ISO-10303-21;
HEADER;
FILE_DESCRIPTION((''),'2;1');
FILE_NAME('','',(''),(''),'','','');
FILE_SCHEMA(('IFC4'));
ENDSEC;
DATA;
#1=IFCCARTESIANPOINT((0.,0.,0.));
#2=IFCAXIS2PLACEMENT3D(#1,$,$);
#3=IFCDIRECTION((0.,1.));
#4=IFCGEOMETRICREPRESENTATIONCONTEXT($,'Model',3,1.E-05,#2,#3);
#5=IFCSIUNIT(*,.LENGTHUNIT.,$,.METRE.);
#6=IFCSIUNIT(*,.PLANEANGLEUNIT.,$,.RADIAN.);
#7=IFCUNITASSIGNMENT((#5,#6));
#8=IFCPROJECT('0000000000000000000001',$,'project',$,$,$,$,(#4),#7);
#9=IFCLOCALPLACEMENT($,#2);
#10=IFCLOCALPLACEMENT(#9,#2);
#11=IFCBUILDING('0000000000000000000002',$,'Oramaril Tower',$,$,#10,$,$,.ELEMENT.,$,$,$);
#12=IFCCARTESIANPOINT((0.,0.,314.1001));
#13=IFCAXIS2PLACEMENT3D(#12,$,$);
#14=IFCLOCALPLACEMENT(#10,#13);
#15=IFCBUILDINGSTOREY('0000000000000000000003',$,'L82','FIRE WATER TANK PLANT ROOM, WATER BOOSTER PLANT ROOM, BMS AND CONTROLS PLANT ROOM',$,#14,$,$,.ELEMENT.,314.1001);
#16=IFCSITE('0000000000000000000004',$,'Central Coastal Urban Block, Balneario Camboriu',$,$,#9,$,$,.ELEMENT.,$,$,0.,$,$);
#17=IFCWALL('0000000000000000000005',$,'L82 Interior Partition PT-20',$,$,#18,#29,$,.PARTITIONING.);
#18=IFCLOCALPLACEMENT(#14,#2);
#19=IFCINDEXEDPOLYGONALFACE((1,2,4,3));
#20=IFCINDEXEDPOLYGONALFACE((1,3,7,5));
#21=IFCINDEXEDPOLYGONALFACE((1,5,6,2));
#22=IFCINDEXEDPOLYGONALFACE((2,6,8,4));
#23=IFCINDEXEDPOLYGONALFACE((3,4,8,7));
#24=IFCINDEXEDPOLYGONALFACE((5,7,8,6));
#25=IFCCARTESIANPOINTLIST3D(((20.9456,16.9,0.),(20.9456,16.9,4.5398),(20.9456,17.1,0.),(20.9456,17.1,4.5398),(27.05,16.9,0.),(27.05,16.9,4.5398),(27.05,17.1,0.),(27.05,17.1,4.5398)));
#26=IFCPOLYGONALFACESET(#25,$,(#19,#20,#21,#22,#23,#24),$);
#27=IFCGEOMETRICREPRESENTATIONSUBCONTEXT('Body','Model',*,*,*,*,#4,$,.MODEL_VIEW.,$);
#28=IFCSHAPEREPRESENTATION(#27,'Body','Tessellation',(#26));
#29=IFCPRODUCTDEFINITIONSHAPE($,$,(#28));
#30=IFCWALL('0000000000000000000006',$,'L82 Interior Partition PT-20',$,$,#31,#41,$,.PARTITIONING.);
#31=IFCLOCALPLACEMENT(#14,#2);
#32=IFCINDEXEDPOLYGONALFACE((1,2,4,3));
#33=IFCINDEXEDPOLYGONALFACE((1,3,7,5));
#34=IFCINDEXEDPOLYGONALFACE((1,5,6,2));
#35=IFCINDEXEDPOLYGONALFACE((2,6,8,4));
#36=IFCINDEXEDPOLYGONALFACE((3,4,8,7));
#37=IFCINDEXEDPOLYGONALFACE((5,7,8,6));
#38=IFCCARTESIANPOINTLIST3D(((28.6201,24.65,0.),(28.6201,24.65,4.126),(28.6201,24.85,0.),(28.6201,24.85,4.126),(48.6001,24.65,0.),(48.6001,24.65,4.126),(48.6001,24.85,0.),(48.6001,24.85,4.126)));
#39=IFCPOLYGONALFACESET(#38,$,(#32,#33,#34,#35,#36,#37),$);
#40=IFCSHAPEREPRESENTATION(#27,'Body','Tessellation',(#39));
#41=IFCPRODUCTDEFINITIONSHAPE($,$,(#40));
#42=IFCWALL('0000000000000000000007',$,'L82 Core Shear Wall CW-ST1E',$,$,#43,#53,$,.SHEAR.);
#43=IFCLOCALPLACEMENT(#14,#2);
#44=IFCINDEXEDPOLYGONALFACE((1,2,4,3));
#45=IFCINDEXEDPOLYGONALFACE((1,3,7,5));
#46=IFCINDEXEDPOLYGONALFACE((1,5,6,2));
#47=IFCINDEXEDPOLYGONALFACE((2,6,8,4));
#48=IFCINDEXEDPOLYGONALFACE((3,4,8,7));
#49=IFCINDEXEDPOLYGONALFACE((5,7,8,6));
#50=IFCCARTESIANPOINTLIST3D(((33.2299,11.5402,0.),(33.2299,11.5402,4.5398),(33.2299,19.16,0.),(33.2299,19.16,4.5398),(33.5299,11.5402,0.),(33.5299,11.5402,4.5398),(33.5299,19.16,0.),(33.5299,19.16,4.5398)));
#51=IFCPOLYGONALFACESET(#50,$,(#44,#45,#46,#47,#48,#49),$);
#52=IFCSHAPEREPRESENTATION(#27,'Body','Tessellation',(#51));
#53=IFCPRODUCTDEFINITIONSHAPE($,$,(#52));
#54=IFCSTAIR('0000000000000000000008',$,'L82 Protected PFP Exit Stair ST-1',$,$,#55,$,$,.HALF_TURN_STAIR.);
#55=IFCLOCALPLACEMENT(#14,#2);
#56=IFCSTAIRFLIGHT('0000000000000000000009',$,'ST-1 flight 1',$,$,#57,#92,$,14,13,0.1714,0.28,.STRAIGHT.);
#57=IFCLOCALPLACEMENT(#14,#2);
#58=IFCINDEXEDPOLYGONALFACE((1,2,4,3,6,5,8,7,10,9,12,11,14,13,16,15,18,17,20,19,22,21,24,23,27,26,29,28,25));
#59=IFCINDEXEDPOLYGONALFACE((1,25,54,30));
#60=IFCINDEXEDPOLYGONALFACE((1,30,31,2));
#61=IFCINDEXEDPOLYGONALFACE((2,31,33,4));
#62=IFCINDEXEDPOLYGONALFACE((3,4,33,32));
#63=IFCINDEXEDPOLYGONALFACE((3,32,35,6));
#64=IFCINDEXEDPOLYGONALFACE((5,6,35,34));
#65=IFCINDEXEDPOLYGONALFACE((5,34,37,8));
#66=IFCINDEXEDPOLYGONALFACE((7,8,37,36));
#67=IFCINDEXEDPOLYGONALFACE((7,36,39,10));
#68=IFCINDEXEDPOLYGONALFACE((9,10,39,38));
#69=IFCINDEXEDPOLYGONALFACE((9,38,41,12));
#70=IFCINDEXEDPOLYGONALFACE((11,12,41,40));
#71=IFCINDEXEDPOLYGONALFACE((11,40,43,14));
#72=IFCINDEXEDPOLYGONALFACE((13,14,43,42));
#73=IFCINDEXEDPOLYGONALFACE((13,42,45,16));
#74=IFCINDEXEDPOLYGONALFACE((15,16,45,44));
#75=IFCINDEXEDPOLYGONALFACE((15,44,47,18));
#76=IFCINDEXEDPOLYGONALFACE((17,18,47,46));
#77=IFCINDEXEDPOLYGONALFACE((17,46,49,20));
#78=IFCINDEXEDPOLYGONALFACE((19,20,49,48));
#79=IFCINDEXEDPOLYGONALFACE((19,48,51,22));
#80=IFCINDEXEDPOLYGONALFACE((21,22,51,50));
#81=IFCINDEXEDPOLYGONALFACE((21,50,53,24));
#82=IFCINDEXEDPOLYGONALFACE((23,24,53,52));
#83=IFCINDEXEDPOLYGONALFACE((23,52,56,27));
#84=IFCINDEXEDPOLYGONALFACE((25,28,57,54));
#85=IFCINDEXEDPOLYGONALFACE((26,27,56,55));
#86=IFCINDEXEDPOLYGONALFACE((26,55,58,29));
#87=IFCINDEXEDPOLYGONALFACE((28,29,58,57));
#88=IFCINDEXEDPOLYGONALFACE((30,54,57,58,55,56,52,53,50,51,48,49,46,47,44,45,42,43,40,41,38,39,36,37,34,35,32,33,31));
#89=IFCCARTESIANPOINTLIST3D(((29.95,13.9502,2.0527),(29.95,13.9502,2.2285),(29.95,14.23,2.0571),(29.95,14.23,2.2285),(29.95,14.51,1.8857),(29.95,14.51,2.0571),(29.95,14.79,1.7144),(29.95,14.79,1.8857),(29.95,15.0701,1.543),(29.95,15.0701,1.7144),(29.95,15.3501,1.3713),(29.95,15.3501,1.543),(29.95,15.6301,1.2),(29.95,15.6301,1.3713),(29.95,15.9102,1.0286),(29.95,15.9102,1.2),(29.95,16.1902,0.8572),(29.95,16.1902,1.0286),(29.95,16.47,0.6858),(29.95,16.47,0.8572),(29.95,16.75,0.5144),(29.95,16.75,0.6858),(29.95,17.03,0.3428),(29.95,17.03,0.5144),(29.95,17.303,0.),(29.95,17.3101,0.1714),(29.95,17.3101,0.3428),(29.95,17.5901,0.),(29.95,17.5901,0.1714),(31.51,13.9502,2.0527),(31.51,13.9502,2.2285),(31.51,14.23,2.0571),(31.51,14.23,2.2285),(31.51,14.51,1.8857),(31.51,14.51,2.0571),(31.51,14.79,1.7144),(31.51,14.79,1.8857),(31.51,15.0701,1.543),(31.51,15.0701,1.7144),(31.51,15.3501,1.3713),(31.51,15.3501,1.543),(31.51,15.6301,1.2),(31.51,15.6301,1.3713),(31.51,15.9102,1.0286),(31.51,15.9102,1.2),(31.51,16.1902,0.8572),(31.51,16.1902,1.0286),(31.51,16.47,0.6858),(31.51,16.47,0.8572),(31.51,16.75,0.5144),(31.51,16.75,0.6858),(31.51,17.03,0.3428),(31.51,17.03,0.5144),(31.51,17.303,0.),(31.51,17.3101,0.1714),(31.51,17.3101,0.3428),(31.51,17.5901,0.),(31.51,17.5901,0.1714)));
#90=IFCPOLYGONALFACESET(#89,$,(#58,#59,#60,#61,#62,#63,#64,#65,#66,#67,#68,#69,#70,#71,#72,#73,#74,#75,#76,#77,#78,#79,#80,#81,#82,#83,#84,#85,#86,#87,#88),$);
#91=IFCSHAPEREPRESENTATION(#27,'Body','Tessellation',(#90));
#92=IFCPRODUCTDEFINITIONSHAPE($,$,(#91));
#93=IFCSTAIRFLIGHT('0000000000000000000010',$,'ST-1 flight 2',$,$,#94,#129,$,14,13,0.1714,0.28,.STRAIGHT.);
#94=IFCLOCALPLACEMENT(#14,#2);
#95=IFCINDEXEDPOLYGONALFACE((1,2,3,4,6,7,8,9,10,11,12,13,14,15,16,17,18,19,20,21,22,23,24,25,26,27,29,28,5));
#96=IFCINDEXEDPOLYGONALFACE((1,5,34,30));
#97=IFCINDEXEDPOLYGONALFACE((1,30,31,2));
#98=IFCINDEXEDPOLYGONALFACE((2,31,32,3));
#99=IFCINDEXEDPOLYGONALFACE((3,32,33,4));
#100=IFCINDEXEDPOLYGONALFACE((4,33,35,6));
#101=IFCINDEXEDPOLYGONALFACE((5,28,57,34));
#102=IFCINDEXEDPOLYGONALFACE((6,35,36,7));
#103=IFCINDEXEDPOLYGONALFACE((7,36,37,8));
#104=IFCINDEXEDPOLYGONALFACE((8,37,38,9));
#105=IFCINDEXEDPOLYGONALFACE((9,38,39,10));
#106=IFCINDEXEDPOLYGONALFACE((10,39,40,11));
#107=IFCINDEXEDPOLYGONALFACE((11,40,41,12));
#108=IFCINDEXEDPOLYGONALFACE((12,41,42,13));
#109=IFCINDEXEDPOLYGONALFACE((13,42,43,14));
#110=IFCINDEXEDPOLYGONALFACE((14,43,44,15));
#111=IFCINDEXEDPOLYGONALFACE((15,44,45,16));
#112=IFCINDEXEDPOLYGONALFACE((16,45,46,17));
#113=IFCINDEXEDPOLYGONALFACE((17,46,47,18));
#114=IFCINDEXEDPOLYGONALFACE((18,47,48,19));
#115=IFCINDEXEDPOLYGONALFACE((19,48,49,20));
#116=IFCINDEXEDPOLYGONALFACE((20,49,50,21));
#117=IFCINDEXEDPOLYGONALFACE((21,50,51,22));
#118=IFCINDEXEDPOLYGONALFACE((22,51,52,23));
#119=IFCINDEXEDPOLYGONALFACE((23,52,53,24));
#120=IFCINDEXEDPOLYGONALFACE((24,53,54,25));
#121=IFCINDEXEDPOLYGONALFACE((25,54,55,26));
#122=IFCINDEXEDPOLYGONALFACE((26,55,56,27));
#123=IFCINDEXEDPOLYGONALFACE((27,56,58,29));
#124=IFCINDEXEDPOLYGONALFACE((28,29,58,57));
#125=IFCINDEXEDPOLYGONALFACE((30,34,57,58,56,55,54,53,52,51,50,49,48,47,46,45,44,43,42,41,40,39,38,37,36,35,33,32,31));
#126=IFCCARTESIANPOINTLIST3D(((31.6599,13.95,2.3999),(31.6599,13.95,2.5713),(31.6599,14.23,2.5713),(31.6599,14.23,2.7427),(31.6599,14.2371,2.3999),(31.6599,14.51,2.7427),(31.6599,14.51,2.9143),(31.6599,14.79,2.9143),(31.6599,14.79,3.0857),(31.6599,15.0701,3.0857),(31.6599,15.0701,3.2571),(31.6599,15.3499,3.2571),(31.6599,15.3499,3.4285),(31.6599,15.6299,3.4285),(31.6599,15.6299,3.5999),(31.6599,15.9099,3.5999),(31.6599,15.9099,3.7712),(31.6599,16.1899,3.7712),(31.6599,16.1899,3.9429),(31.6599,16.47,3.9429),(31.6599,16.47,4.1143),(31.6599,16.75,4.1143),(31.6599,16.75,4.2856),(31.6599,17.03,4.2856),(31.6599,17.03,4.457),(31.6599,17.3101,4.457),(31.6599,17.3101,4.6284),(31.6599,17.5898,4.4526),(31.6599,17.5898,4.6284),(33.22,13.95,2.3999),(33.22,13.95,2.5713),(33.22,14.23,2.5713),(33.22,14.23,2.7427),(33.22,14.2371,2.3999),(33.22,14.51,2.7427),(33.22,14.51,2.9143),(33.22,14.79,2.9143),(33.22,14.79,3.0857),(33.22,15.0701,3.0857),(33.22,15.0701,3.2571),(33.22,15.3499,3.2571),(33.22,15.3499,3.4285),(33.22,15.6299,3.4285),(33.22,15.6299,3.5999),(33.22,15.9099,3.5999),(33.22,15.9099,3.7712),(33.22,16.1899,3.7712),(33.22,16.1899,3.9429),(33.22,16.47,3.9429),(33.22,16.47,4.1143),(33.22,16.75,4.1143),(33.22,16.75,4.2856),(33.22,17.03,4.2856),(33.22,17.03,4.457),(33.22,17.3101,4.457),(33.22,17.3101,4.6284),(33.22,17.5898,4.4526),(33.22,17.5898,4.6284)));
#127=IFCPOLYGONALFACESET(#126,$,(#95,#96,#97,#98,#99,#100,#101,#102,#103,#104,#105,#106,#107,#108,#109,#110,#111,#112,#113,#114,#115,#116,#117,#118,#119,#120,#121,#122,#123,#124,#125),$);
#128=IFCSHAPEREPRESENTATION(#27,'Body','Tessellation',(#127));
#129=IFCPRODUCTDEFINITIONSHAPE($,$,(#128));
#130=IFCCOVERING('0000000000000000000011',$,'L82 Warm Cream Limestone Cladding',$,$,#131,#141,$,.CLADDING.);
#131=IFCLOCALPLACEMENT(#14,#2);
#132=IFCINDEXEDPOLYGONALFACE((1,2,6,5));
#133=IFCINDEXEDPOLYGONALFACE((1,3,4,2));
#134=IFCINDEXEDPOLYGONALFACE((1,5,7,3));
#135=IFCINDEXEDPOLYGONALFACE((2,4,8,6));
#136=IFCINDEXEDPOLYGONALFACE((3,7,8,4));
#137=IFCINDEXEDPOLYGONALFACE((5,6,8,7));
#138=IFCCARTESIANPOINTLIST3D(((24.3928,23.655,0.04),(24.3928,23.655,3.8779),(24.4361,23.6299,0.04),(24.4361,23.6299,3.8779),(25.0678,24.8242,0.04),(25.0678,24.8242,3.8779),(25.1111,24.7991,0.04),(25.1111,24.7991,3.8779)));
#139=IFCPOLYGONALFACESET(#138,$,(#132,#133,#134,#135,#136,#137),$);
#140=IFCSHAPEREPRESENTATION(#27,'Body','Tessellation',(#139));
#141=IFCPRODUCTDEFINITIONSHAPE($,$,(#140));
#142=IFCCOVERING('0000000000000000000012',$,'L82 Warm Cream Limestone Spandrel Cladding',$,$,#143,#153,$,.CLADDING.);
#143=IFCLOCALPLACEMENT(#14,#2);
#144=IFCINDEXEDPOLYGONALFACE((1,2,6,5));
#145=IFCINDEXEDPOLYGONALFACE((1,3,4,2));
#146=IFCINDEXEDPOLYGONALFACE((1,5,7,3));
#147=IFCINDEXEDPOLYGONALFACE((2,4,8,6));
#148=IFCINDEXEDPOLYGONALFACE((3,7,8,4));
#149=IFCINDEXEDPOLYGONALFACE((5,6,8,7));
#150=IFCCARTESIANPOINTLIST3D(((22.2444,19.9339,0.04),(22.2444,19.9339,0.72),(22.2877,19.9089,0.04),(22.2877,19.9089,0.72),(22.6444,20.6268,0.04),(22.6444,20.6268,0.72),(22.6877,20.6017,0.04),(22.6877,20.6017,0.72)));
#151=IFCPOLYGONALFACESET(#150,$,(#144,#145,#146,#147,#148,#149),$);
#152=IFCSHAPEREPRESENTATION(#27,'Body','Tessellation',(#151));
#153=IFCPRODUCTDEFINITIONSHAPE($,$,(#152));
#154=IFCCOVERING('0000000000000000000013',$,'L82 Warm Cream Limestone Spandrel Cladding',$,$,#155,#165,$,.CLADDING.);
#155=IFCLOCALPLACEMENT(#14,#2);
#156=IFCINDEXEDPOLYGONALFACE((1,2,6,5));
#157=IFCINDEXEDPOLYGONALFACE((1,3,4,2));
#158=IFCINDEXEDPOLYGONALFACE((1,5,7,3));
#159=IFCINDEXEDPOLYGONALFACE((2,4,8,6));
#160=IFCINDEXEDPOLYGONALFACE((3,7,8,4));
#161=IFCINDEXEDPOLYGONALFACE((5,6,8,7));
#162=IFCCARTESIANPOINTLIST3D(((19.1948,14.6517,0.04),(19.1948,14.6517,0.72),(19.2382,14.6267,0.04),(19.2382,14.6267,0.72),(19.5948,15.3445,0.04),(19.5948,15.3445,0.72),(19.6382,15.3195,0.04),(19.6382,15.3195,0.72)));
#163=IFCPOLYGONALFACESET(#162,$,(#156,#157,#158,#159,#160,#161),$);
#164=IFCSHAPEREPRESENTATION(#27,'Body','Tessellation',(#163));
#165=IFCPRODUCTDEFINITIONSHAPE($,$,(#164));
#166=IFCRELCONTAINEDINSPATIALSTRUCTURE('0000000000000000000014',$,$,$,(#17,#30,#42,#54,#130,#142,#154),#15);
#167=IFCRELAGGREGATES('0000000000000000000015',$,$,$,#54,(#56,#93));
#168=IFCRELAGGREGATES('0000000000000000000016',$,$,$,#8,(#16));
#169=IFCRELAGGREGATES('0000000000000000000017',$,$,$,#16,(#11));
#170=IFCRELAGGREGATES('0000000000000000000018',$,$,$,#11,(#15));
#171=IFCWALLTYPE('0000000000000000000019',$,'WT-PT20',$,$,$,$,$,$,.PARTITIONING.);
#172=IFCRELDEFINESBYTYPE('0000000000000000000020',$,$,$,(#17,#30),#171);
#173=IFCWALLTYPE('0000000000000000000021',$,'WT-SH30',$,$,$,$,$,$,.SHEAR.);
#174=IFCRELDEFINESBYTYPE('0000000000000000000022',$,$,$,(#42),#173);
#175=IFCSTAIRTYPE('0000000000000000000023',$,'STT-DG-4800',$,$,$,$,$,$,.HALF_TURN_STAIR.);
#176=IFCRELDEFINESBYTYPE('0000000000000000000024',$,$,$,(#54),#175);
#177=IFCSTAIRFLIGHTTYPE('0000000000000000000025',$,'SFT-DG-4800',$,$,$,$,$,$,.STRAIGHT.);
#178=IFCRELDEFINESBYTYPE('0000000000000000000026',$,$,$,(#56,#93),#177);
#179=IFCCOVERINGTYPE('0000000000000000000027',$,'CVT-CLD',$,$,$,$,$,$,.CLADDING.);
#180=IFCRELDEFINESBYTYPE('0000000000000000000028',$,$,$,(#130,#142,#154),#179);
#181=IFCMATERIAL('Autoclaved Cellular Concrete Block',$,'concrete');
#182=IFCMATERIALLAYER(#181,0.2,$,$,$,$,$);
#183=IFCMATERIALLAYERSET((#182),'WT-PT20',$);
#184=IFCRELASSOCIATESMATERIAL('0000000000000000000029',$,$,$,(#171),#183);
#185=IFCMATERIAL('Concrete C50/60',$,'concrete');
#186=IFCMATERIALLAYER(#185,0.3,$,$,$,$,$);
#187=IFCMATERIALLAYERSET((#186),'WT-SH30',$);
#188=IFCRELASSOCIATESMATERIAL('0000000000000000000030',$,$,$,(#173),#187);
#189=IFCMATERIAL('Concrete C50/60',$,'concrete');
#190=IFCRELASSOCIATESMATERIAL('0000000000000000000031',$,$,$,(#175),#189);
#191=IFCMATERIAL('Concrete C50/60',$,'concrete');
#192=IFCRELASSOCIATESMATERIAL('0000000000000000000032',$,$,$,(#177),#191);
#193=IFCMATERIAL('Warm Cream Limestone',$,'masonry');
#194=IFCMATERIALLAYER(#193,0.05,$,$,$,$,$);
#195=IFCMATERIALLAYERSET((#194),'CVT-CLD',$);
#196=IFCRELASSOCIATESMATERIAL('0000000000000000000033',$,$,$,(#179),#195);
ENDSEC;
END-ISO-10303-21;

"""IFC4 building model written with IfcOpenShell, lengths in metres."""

from ifc_helpers import new_model, si_unit, direction, frame, frame_2d, origin, origin_2d, place, context, subcontext, project, spatial, polyline, rectangle, outline, extrude, material, layer, layer_set, type_object, element, aggregate, save


model = new_model("IFC4")

# Units and contexts
model_context = context("Model", 3, precision=1e-05, world=origin(), true_north=direction((0.0, 1.0)))
body_context = subcontext(model_context, "Body", "Model", "MODEL_VIEW")
ifc_project = project(units=[si_unit("LENGTHUNIT", "METRE"), si_unit("PLANEANGLEUNIT", "RADIAN")], contexts=[model_context])

# Site, building, storey
site_placement = place(None, origin())
site = spatial("IfcSite", under=ifc_project, at=site_placement, Name="Central Coastal Urban Block, Balneario Camboriu", CompositionType="ELEMENT", RefElevation=0.0)
building_placement = place(site_placement, origin())
building = spatial("IfcBuilding", under=site, at=building_placement, Name="Oramaril Tower", CompositionType="ELEMENT")
storey_placement = place(building_placement, frame((0.0, 0.0, 314.1001)))
storey = spatial("IfcBuildingStorey", under=building, at=storey_placement, Name="L82", Description="FIRE WATER TANK PLANT ROOM, WATER BOOSTER PLANT ROOM, BMS AND CONTROLS PLANT ROOM", CompositionType="ELEMENT", Elevation=314.1001)

# Walls
ifc_material_1 = material(Name="Autoclaved Cellular Concrete Block", Category="concrete")
ifc_layer_1 = layer(ifc_material_1, 0.2)
ifc_layer_set_1 = layer_set([ifc_layer_1], Name="WT-PT20")
wall_type_1 = type_object("IfcWallType", Name="WT-PT20", PredefinedType="PARTITIONING", material=ifc_layer_set_1)
wall_1_placement = place(storey_placement, frame((20.9456, 17.0, 0.0), z_axis=(0.0, 0.0, 1.0), x_axis=(1.0, 0.0, 0.0)))
element("IfcWall", 1, at=wall_1_placement, inside=storey, type_object=wall_type_1, Name="L82 Interior Partition PT-20", PredefinedType="PARTITIONING", context=body_context, shape_type="SweptSolid", body=[
    extrude(rectangle(XDim=6.1045, YDim=0.2, at=frame_2d((3.0522, 0.0))), origin(), (0.0, 0.0, 1.0), 4.5398),
])
wall_2_placement = place(storey_placement, frame((28.6201, 24.75, 0.0), z_axis=(0.0, 0.0, 1.0), x_axis=(1.0, 0.0, 0.0)))
element("IfcWall", 2, at=wall_2_placement, inside=storey, type_object=wall_type_1, Name="L82 Interior Partition PT-20", PredefinedType="PARTITIONING", context=body_context, shape_type="SweptSolid", body=[
    extrude(rectangle(XDim=19.98, YDim=0.2, at=frame_2d((9.99, 0.0))), origin(), (0.0, 0.0, 1.0), 4.126),
])

# Shared definitions
ifc_material_2 = material(Name="Concrete C50/60", Category="concrete")
ifc_layer_2 = layer(ifc_material_2, 0.3)
ifc_layer_set_2 = layer_set([ifc_layer_2], Name="WT-SH30")
wall_type_2 = type_object("IfcWallType", Name="WT-SH30", PredefinedType="SHEAR", material=ifc_layer_set_2)

# Wall
wall_3_placement = place(storey_placement, frame((33.3799, 11.54, 0.0), z_axis=(0.0, 0.0, 1.0), x_axis=(0.0, 1.0, 0.0)))
element("IfcWall", 3, at=wall_3_placement, inside=storey, type_object=wall_type_2, Name="L82 Core Shear Wall CW-ST1E", PredefinedType="SHEAR", context=body_context, shape_type="SweptSolid", body=[
    extrude(rectangle(XDim=7.6199, YDim=0.3, at=frame_2d((3.8101, 0.0))), origin(), (0.0, 0.0, 1.0), 4.5398),
])

# Stair, stair flights
ifc_material_3 = material(Name="Concrete C50/60", Category="concrete")
stair_type = type_object("IfcStairType", Name="STT-DG-4800", PredefinedType="HALF_TURN_STAIR", material=ifc_material_3)
stair_placement = place(storey_placement, origin())
stair = element("IfcStair", 4, at=stair_placement, inside=storey, type_object=stair_type, Name="L82 Protected PFP Exit Stair ST-1", PredefinedType="HALF_TURN_STAIR")
ifc_material_4 = material(Name="Concrete C50/60", Category="concrete")
stair_flight_type = type_object("IfcStairFlightType", Name="SFT-DG-4800", PredefinedType="STRAIGHT", material=ifc_material_4)
stair_flight_1_placement = place(storey_placement, frame((30.73, 17.5901, 0.0), z_axis=(0.0, 0.0, 1.0), x_axis=(0.0, -1.0, 0.0)))
stair_flight_1 = element("IfcStairFlight", 5, at=stair_flight_1_placement, type_object=stair_flight_type, Name="ST-1 flight 1", NumberOfRisers=14, NumberOfTreads=13, PredefinedType="STRAIGHT", RiserHeight=0.1714, TreadLength=0.28, context=body_context, shape_type="SweptSolid", body=[
    extrude(outline(polyline([(0.0, 0.0), (0.0, 0.1714), (0.28, 0.1714), (0.28, 0.3428), (0.5601, 0.3428), (0.5601, 0.5144), (0.8401, 0.5144), (0.8401, 0.6858), (1.1201, 0.6858), (1.1201, 0.8572), (1.3999, 0.8572), (1.3999, 1.0286), (1.6799, 1.0286), (1.6799, 1.2), (1.96, 1.2), (1.96, 1.3713), (2.24, 1.3713), (2.24, 1.543), (2.52, 1.543), (2.52, 1.7144), (2.8, 1.7144), (2.8, 1.8857), (3.0801, 1.8857), (3.0801, 2.0571), (3.3601, 2.0571), (3.3601, 2.2285), (3.6399, 2.2285), (3.6399, 2.3999), (3.6399, 2.0527), (0.2871, 0.0), (0.0, 0.0)])), frame((0.0, 0.78, 0.0), z_axis=(0.0, -1.0, 0.0), x_axis=(1.0, 0.0, 0.0)), (0.0, 0.0, 1.0), 1.5601),
])
stair_flight_2_placement = place(storey_placement, frame((32.4399, 13.95, 2.3999), z_axis=(0.0, 0.0, 1.0), x_axis=(0.0, 1.0, 0.0)))
stair_flight_2 = element("IfcStairFlight", 6, at=stair_flight_2_placement, type_object=stair_flight_type, Name="ST-1 flight 2", NumberOfRisers=14, NumberOfTreads=13, PredefinedType="STRAIGHT", RiserHeight=0.1714, TreadLength=0.28, context=body_context, shape_type="SweptSolid", body=[
    extrude(outline(polyline([(0.0, 0.0), (0.0, 0.1714), (0.28, 0.1714), (0.28, 0.3428), (0.5601, 0.3428), (0.5601, 0.5144), (0.8401, 0.5144), (0.8401, 0.6858), (1.1201, 0.6858), (1.1201, 0.8572), (1.3999, 0.8572), (1.3999, 1.0286), (1.6799, 1.0286), (1.6799, 1.2), (1.96, 1.2), (1.96, 1.3713), (2.24, 1.3713), (2.24, 1.543), (2.52, 1.543), (2.52, 1.7144), (2.8, 1.7144), (2.8, 1.8857), (3.0801, 1.8857), (3.0801, 2.0571), (3.3601, 2.0571), (3.3601, 2.2285), (3.6399, 2.2285), (3.6399, 2.3999), (3.6399, 2.0527), (0.2871, 0.0), (0.0, 0.0)])), frame((0.0, 0.78, 0.0), z_axis=(0.0, -1.0, 0.0), x_axis=(1.0, 0.0, 0.0)), (0.0, 0.0, 1.0), 1.5601),
])
aggregate(stair, [stair_flight_1, stair_flight_2])

# Coverings
ifc_material_5 = material(Name="Warm Cream Limestone", Category="masonry")
ifc_layer_3 = layer(ifc_material_5, 0.05)
ifc_layer_set_3 = layer_set([ifc_layer_3], Name="CVT-CLD")
covering_type = type_object("IfcCoveringType", Name="CVT-CLD", PredefinedType="CLADDING", material=ifc_layer_set_3)
covering_placement = place(storey_placement, frame((24.752, 24.2271, 0.04), z_axis=(0.0, 0.0, 1.0), x_axis=(-0.499998, -0.866026, 0.0)))
element("IfcCovering", 7, at=covering_placement, inside=storey, type_object=covering_type, Name="L82 Warm Cream Limestone Cladding", PredefinedType="CLADDING", context=body_context, shape_type="SweptSolid", body=[
    extrude(rectangle(XDim=1.3501, YDim=0.05, at=origin_2d()), origin(), (0.0, 0.0, 1.0), 3.8379),
])
for number, where, z_axis, x_axis, name in (
    (8, (22.4661, 20.2678, 0.04), (0.0, 0.0, 1.0), (-0.499998, -0.866026, 0.0), "L82 Warm Cream Limestone Spandrel Cladding"),
    (9, (19.4165, 14.9856, 0.04), (0.0, 0.0, 1.0), (-0.499998, -0.866026, 0.0), "L82 Warm Cream Limestone Spandrel Cladding"),
):
    element("IfcCovering", number, at=place(storey_placement, frame(where, z_axis=z_axis, x_axis=x_axis)), inside=storey, type_object=covering_type, Name=name, PredefinedType="CLADDING", context=body_context, shape_type="SweptSolid", body=[
        extrude(rectangle(XDim=0.8, YDim=0.05, at=origin_2d()), origin(), (0.0, 0.0, 1.0), 0.6799),
    ])

save(model, "model.ifc")
